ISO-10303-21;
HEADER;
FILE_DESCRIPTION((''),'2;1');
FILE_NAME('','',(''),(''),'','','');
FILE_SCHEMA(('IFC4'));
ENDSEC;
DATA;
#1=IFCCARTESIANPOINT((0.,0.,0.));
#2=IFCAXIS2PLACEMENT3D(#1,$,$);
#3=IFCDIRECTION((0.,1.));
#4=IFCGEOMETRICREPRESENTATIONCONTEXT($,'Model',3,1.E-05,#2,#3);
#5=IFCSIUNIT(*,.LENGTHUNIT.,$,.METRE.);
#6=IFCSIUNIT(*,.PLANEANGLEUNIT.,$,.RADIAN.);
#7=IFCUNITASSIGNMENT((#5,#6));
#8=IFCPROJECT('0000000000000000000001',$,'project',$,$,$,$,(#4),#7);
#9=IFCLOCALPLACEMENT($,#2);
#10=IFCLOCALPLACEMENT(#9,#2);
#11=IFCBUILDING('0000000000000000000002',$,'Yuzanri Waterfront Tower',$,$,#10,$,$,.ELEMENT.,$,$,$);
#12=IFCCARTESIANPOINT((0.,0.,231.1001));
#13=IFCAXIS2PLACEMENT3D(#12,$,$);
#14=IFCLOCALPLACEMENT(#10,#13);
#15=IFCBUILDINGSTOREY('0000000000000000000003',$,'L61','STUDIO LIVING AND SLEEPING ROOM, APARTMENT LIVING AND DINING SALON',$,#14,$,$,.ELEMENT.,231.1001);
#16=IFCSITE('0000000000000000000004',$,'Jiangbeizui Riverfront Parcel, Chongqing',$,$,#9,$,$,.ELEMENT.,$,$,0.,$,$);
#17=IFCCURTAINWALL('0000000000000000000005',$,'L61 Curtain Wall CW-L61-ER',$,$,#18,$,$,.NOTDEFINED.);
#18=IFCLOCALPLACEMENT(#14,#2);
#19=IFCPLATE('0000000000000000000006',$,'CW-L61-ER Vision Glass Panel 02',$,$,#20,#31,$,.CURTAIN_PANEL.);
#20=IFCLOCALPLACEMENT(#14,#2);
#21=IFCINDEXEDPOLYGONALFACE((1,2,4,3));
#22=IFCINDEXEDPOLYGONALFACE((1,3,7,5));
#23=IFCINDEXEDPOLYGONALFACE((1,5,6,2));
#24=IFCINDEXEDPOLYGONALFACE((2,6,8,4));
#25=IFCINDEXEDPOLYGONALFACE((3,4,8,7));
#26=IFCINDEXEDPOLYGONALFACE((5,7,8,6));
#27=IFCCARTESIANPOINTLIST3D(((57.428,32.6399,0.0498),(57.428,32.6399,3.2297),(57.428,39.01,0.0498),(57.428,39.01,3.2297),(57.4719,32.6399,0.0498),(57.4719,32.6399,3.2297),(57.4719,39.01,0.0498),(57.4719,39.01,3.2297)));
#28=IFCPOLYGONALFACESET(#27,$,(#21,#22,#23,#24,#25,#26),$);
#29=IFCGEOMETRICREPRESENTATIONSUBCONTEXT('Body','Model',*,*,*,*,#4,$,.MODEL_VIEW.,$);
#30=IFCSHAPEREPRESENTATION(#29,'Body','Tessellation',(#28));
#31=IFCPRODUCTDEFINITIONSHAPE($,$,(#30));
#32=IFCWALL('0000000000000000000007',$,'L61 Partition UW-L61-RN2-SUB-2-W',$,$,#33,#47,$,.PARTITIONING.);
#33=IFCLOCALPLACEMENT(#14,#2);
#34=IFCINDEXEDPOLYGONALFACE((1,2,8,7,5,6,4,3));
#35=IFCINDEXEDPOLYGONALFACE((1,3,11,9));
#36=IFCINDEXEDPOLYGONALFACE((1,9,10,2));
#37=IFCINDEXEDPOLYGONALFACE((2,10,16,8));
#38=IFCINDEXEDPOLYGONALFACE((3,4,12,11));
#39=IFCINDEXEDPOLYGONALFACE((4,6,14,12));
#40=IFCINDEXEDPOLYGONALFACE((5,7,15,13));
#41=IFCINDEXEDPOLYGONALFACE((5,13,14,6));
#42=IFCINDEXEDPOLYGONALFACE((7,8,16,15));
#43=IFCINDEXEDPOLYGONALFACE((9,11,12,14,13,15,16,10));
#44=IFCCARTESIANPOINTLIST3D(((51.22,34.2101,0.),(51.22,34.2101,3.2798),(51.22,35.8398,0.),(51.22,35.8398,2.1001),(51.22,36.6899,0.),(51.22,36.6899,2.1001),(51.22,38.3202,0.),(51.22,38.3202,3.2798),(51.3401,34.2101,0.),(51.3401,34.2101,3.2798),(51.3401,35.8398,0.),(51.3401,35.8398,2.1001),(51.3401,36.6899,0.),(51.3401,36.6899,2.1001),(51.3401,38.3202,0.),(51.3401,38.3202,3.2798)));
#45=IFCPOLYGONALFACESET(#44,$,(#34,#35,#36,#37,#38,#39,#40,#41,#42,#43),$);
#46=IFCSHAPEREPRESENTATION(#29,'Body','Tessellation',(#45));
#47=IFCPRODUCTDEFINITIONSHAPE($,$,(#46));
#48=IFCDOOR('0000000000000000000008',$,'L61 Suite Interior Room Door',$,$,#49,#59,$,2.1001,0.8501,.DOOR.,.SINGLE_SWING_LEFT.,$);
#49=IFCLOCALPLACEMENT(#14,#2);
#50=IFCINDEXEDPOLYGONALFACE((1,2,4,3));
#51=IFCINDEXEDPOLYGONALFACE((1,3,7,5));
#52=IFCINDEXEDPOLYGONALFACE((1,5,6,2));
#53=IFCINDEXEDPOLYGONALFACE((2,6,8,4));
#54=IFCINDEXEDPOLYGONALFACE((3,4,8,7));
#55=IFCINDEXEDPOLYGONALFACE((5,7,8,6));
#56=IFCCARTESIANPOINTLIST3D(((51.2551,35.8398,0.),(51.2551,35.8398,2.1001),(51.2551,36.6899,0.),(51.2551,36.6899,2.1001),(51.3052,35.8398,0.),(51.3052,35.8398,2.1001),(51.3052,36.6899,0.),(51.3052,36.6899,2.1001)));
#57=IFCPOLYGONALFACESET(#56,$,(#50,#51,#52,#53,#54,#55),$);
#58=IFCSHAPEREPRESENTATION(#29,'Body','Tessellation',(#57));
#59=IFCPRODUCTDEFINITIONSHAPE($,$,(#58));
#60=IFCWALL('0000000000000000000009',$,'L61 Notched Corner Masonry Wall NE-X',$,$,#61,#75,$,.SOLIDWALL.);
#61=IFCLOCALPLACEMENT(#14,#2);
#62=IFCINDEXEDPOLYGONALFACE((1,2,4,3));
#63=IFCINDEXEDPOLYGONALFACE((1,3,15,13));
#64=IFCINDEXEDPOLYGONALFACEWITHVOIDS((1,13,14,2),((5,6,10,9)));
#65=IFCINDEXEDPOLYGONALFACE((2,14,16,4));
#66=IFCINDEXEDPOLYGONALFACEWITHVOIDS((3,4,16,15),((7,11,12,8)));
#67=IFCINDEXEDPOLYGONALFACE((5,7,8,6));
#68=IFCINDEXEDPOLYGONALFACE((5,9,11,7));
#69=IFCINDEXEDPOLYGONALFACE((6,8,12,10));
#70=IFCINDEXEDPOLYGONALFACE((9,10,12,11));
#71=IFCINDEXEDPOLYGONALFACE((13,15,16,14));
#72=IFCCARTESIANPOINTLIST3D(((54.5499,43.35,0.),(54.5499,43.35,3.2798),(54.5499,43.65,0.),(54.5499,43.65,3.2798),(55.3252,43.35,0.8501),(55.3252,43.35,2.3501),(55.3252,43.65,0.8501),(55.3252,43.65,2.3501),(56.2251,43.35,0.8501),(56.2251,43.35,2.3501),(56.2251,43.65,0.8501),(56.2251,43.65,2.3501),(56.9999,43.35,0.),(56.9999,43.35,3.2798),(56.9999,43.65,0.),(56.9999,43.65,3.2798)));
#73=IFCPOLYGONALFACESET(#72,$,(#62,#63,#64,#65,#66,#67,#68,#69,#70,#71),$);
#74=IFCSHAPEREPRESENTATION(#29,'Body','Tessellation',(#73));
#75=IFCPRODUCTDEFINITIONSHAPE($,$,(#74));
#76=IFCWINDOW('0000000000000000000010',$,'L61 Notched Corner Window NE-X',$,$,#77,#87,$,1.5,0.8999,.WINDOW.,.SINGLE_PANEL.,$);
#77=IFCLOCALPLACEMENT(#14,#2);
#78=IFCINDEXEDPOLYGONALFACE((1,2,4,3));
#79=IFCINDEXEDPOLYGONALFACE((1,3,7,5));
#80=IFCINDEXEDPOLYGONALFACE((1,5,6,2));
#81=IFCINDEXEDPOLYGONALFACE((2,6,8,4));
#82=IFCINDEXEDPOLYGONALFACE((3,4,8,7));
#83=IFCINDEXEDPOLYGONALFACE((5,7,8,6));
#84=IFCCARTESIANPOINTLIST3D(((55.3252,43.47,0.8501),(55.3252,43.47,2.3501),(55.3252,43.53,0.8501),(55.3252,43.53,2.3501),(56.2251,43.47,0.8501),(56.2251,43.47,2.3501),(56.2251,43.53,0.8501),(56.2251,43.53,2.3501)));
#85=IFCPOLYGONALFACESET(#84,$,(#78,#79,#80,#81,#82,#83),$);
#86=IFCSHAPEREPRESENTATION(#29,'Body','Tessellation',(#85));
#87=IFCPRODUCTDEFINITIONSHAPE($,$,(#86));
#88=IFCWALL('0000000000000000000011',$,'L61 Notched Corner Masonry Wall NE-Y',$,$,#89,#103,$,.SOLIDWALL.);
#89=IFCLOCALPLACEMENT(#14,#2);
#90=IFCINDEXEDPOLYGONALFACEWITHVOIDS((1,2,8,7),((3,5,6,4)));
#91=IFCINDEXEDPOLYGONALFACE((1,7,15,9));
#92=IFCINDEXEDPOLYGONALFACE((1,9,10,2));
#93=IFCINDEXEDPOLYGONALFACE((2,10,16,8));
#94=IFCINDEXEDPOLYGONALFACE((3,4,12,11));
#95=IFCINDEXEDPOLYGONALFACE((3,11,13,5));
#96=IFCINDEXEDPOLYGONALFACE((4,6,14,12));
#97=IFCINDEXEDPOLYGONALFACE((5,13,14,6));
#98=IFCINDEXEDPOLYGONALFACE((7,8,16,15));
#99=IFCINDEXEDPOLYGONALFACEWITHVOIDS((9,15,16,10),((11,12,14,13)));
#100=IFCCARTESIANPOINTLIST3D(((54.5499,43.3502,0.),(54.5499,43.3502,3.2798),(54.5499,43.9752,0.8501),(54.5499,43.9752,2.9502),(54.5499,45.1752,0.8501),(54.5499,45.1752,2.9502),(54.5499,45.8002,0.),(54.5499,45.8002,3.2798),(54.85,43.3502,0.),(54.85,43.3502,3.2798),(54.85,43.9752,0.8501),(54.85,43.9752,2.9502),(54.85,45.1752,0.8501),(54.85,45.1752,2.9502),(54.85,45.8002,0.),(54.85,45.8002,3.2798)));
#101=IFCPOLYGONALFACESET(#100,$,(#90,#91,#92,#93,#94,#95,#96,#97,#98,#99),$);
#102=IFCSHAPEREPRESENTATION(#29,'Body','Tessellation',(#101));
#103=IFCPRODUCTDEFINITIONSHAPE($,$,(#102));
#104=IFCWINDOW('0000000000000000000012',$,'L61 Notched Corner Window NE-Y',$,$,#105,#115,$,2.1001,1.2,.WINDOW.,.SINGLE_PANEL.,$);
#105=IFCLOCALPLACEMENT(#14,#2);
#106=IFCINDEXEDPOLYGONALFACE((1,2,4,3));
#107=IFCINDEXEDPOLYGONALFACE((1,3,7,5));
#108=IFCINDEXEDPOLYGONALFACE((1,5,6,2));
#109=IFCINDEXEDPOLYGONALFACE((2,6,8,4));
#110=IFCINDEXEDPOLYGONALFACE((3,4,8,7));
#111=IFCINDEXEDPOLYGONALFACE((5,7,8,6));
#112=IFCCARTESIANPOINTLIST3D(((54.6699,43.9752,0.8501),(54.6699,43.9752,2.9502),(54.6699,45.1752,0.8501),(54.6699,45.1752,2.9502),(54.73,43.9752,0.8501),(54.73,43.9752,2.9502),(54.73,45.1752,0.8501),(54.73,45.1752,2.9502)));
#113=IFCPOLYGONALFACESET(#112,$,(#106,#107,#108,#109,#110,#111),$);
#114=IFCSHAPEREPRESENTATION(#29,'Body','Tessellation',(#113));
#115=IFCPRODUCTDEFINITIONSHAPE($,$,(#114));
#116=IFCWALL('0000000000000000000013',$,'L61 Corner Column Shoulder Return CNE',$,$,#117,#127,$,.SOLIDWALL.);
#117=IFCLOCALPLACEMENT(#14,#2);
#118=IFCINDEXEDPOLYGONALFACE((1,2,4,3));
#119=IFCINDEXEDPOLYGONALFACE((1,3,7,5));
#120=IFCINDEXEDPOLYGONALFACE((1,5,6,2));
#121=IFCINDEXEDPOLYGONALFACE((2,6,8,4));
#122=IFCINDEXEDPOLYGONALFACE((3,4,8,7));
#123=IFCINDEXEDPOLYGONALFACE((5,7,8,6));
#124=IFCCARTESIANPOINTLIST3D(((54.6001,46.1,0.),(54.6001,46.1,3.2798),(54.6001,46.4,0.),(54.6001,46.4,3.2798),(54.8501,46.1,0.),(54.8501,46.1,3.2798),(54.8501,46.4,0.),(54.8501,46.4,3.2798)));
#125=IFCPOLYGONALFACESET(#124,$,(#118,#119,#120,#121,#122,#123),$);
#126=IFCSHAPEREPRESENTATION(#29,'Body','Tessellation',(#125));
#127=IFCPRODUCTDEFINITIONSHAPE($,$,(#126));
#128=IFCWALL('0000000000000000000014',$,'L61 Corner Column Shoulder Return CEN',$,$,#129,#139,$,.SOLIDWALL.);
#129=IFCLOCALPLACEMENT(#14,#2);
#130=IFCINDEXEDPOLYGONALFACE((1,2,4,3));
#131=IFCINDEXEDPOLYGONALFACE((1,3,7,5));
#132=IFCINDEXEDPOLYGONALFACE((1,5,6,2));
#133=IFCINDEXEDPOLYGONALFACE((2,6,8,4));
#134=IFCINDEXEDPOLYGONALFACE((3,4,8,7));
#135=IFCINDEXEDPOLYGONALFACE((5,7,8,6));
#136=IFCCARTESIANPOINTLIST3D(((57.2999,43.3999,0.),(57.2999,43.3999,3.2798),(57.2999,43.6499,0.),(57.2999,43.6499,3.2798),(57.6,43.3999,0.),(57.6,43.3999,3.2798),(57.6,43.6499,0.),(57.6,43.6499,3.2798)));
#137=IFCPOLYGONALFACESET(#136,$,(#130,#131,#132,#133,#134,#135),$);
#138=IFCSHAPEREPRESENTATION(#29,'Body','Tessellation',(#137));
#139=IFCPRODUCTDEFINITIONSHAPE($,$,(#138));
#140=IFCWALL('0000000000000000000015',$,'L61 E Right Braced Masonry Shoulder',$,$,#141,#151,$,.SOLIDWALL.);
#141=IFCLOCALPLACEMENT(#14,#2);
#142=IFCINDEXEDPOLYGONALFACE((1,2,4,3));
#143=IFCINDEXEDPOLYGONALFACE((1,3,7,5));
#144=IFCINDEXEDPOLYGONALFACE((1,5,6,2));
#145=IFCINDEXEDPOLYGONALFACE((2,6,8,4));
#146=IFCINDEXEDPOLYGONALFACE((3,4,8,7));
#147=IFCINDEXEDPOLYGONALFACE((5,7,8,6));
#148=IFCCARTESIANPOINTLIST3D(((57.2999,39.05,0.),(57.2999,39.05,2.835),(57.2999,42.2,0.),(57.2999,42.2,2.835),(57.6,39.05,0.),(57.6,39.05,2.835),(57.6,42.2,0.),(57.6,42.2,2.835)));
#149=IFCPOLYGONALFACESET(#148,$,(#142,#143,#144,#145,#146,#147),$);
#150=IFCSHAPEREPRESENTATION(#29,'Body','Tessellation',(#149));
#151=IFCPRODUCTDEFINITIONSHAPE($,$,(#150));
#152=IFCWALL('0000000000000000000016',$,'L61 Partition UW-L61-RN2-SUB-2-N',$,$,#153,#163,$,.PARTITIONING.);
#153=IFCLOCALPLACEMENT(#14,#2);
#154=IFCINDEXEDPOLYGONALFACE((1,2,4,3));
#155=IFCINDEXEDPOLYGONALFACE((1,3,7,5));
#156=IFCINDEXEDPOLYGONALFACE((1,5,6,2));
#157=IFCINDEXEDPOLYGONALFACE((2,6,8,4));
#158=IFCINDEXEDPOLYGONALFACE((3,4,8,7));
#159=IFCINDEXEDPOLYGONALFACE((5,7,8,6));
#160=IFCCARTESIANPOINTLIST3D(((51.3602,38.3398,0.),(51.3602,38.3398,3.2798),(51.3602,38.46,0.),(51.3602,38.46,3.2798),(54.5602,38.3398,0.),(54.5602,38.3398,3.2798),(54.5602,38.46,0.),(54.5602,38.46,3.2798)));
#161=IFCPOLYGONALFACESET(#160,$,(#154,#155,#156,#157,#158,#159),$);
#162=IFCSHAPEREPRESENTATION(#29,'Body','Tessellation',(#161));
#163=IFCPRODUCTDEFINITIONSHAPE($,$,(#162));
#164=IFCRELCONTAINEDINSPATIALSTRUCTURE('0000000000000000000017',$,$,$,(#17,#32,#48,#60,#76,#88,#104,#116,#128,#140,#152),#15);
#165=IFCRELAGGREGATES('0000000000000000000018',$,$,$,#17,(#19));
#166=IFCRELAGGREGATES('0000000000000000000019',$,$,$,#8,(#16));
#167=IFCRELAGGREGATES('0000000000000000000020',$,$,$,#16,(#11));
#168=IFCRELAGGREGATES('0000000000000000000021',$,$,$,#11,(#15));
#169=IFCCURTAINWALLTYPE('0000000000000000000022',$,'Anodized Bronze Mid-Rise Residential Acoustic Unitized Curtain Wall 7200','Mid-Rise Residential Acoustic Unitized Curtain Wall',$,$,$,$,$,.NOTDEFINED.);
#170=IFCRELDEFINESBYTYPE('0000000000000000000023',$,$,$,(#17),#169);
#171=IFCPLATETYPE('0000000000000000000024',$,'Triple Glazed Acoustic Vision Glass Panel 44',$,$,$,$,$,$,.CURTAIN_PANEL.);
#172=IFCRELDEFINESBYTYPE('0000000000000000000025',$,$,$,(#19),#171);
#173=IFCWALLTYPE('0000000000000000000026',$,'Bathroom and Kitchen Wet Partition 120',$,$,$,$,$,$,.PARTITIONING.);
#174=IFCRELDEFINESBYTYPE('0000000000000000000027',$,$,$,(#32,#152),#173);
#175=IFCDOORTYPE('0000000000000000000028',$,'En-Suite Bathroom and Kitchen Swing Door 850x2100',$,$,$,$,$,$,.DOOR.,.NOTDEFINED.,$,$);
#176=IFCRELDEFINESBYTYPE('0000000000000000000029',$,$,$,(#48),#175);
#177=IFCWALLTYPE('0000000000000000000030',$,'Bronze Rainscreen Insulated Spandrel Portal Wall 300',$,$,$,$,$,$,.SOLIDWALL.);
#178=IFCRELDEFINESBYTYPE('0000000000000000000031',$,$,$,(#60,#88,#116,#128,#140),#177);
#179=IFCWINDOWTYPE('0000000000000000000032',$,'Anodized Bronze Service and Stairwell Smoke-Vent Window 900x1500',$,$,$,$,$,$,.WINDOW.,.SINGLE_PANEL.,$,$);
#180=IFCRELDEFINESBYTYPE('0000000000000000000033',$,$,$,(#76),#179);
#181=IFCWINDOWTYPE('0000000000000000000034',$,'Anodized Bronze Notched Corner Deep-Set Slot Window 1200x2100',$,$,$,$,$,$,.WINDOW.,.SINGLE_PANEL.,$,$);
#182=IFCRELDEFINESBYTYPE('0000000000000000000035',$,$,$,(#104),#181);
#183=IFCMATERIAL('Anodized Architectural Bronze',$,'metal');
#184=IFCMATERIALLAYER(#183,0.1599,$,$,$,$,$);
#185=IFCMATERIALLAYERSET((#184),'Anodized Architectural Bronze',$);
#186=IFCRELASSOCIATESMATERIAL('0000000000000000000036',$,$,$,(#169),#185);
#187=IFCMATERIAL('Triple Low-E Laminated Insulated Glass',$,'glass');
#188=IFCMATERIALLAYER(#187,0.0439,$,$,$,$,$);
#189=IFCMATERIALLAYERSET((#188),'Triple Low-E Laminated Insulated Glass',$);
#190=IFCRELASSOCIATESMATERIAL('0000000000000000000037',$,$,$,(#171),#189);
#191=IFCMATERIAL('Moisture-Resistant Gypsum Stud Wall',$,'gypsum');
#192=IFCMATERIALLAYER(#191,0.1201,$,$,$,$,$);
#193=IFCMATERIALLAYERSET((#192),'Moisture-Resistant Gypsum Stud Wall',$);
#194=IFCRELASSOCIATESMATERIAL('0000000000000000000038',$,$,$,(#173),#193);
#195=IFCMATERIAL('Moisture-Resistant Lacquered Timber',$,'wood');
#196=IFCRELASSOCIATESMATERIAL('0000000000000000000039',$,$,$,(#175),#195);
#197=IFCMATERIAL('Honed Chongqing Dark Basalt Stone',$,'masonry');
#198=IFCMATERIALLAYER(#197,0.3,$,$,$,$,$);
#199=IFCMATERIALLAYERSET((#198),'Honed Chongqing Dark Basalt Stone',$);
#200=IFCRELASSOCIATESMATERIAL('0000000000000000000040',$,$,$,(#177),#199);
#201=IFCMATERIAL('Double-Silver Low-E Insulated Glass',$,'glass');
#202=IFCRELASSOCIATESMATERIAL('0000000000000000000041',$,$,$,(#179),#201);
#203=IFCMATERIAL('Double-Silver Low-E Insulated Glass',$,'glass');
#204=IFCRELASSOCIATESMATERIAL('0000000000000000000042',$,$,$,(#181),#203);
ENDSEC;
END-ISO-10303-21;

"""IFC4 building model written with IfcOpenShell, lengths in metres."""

from ifc_helpers import new_model, si_unit, direction, frame, frame_2d, origin, origin_2d, place, context, subcontext, project, spatial, rectangle, extrude, source, transform, mapped, material, layer, layer_set, type_object, element, fill, aggregate, save


model = new_model("IFC4")

# Units and contexts
model_context = context("Model", 3, precision=1e-05, world=origin(), true_north=direction((0.0, 1.0)))
body_context = subcontext(model_context, "Body", "Model", "MODEL_VIEW")
ifc_project = project(units=[si_unit("LENGTHUNIT", "METRE"), si_unit("PLANEANGLEUNIT", "RADIAN")], contexts=[model_context])

# Site, building, storey
site_placement = place(None, origin())
site = spatial("IfcSite", under=ifc_project, at=site_placement, Name="Jiangbeizui Riverfront Parcel, Chongqing", CompositionType="ELEMENT", RefElevation=0.0)
building_placement = place(site_placement, origin())
building = spatial("IfcBuilding", under=site, at=building_placement, Name="Yuzanri Waterfront Tower", CompositionType="ELEMENT")
storey_placement = place(building_placement, frame((0.0, 0.0, 231.1001)))
storey = spatial("IfcBuildingStorey", under=building, at=storey_placement, Name="L61", Description="STUDIO LIVING AND SLEEPING ROOM, APARTMENT LIVING AND DINING SALON", CompositionType="ELEMENT", Elevation=231.1001)

# Curtain wall
ifc_material_1 = material(Name="Anodized Architectural Bronze", Category="metal")
ifc_layer_1 = layer(ifc_material_1, 0.1599)
ifc_layer_set_1 = layer_set([ifc_layer_1], Name="Anodized Architectural Bronze")
curtain_wall_type = type_object("IfcCurtainWallType", Name="Anodized Bronze Mid-Rise Residential Acoustic Unitized Curtain Wall 7200", Description="Mid-Rise Residential Acoustic Unitized Curtain Wall", PredefinedType="NOTDEFINED", material=ifc_layer_set_1)
curtain_wall_placement = place(storey_placement, origin())
curtain_wall = element("IfcCurtainWall", 1, at=curtain_wall_placement, inside=storey, type_object=curtain_wall_type, Name="L61 Curtain Wall CW-L61-ER", PredefinedType="NOTDEFINED")

# Plate
ifc_material_2 = material(Name="Triple Low-E Laminated Insulated Glass", Category="glass")
ifc_layer_2 = layer(ifc_material_2, 0.0439)
ifc_layer_set_2 = layer_set([ifc_layer_2], Name="Triple Low-E Laminated Insulated Glass")
plate_type_1 = type_object("IfcPlateType", Name="Triple Glazed Acoustic Vision Glass Panel 44", PredefinedType="CURTAIN_PANEL", material=ifc_layer_set_2)
shared_shape_1 = source(origin(), body_context, "Body", "SweptSolid", [
    extrude(rectangle(XDim=6.3701, YDim=0.0439, at=origin_2d()), origin(), (0.0, 0.0, 1.0), 3.1799),
])
plate_placement = place(storey_placement, frame((57.45, 35.825, 0.0498), z_axis=(0.0, 0.0, 1.0), x_axis=(0.0, 1.0, 0.0)))
plate = element("IfcPlate", 2, at=plate_placement, type_object=plate_type_1, Name="CW-L61-ER Vision Glass Panel 02", PredefinedType="CURTAIN_PANEL", context=body_context, shape_type="MappedRepresentation", body=[
    mapped(shared_shape_1, transform((0.0, 0.0, 0.0), scale=1.0)),
])
aggregate(curtain_wall, [plate])

# Wall, opening, door
ifc_material_3 = material(Name="Moisture-Resistant Gypsum Stud Wall", Category="gypsum")
ifc_layer_3 = layer(ifc_material_3, 0.1201)
ifc_layer_set_3 = layer_set([ifc_layer_3], Name="Moisture-Resistant Gypsum Stud Wall")
wall_type_1 = type_object("IfcWallType", Name="Bathroom and Kitchen Wet Partition 120", PredefinedType="PARTITIONING", material=ifc_layer_set_3)
wall_1_placement = place(storey_placement, frame((51.28, 34.21, 0.0), z_axis=(0.0, 0.0, 1.0), x_axis=(0.0, 1.0, 0.0)))
wall_1 = element("IfcWall", 3, at=wall_1_placement, inside=storey, type_object=wall_type_1, Name="L61 Partition UW-L61-RN2-SUB-2-W", PredefinedType="PARTITIONING", context=body_context, shape_type="SweptSolid", body=[
    extrude(rectangle(XDim=4.1101, YDim=0.1201, at=frame_2d((2.0552, 0.0))), origin(), (0.0, 0.0, 1.0), 3.2798),
])
opening_1_placement = place(wall_1_placement, frame((1.6299, 0.0, 0.0)))
opening_1 = element("IfcOpeningElement", 4, at=opening_1_placement, cuts=wall_1, PredefinedType="OPENING", context=body_context, shape_type="SweptSolid", body=[
    extrude(rectangle(XDim=0.8501, YDim=2.1001, at=frame_2d((0.425, 1.05))), frame((0.0, 0.075, 0.0), z_axis=(0.0, -1.0, 0.0), x_axis=(1.0, 0.0, 0.0)), (0.0, 0.0, 1.0), 0.1499),
])
ifc_material_4 = material(Name="Moisture-Resistant Lacquered Timber", Category="wood")
door_type = type_object("IfcDoorType", Name="En-Suite Bathroom and Kitchen Swing Door 850x2100", OperationType="NOTDEFINED", PredefinedType="DOOR", material=ifc_material_4)
shared_shape_2 = source(origin(), body_context, "Body", "SweptSolid", [
    extrude(rectangle(XDim=0.8501, YDim=2.1001, at=frame_2d((0.425, 1.05))), frame((0.0, 0.0249, 0.0), z_axis=(0.0, -1.0, 0.0), x_axis=(1.0, 0.0, 0.0)), (0.0, 0.0, 1.0), 0.05),
])
door_placement = place(opening_1_placement, origin())
door = element("IfcDoor", 5, at=door_placement, inside=storey, type_object=door_type, Name="L61 Suite Interior Room Door", OperationType="SINGLE_SWING_LEFT", OverallHeight=2.1001, OverallWidth=0.8501, PredefinedType="DOOR", context=body_context, shape_type="MappedRepresentation", body=[
    mapped(shared_shape_2, transform((0.0, 0.0, 0.0), scale=1.0)),
])
fill(opening_1, door)

# Walls, openings, windows
ifc_material_5 = material(Name="Honed Chongqing Dark Basalt Stone", Category="masonry")
ifc_layer_4 = layer(ifc_material_5, 0.3)
ifc_layer_set_4 = layer_set([ifc_layer_4], Name="Honed Chongqing Dark Basalt Stone")
wall_type_2 = type_object("IfcWallType", Name="Bronze Rainscreen Insulated Spandrel Portal Wall 300", PredefinedType="SOLIDWALL", material=ifc_layer_set_4)
wall_2_placement = place(storey_placement, frame((57.0, 43.5, 0.0), z_axis=(0.0, 0.0, 1.0), x_axis=(-1.0, 0.0, 0.0)))
wall_2 = element("IfcWall", 6, at=wall_2_placement, inside=storey, type_object=wall_type_2, Name="L61 Notched Corner Masonry Wall NE-X", PredefinedType="SOLIDWALL", context=body_context, shape_type="SweptSolid", body=[
    extrude(rectangle(XDim=2.45, YDim=0.3, at=frame_2d((1.2251, 0.0))), origin(), (0.0, 0.0, 1.0), 3.2798),
])
opening_2_placement = place(wall_2_placement, frame((0.7749, 0.0, 0.8501)))
opening_2 = element("IfcOpeningElement", 7, at=opening_2_placement, cuts=wall_2, PredefinedType="OPENING", context=body_context, shape_type="SweptSolid", body=[
    extrude(rectangle(XDim=0.8999, YDim=1.5, at=frame_2d((0.45, 0.75))), frame((0.0, 0.165, 0.0), z_axis=(0.0, -1.0, 0.0), x_axis=(1.0, 0.0, 0.0)), (0.0, 0.0, 1.0), 0.3298),
])
ifc_material_6 = material(Name="Double-Silver Low-E Insulated Glass", Category="glass")
window_type_1 = type_object("IfcWindowType", Name="Anodized Bronze Service and Stairwell Smoke-Vent Window 900x1500", PartitioningType="SINGLE_PANEL", PredefinedType="WINDOW", material=ifc_material_6)
shared_shape_3 = source(origin(), body_context, "Body", "SweptSolid", [
    extrude(rectangle(XDim=0.8999, YDim=1.5, at=frame_2d((0.45, 0.75))), frame((0.0, 0.03, 0.0), z_axis=(0.0, -1.0, 0.0), x_axis=(1.0, 0.0, 0.0)), (0.0, 0.0, 1.0), 0.0601),
])
window_1_placement = place(opening_2_placement, origin())
window_1 = element("IfcWindow", 8, at=window_1_placement, inside=storey, type_object=window_type_1, Name="L61 Notched Corner Window NE-X", OverallHeight=1.5, OverallWidth=0.8999, PartitioningType="SINGLE_PANEL", PredefinedType="WINDOW", context=body_context, shape_type="MappedRepresentation", body=[
    mapped(shared_shape_3, transform((0.0, 0.0, 0.0), scale=1.0)),
])
fill(opening_2, window_1)
wall_3_placement = place(storey_placement, frame((54.7, 43.3501, 0.0), z_axis=(0.0, 0.0, 1.0), x_axis=(0.0, 1.0, 0.0)))
wall_3 = element("IfcWall", 9, at=wall_3_placement, inside=storey, type_object=wall_type_2, Name="L61 Notched Corner Masonry Wall NE-Y", PredefinedType="SOLIDWALL", context=body_context, shape_type="SweptSolid", body=[
    extrude(rectangle(XDim=2.45, YDim=0.3, at=frame_2d((1.2251, 0.0))), origin(), (0.0, 0.0, 1.0), 3.2798),
])
opening_3_placement = place(wall_3_placement, frame((0.625, 0.0, 0.8501)))
opening_3 = element("IfcOpeningElement", 10, at=opening_3_placement, cuts=wall_3, PredefinedType="OPENING", context=body_context, shape_type="SweptSolid", body=[
    extrude(rectangle(XDim=1.2, YDim=2.1001, at=frame_2d((0.6001, 1.05))), frame((0.0, 0.165, 0.0), z_axis=(0.0, -1.0, 0.0), x_axis=(1.0, 0.0, 0.0)), (0.0, 0.0, 1.0), 0.3298),
])
ifc_material_7 = material(Name="Double-Silver Low-E Insulated Glass", Category="glass")
window_type_2 = type_object("IfcWindowType", Name="Anodized Bronze Notched Corner Deep-Set Slot Window 1200x2100", PartitioningType="SINGLE_PANEL", PredefinedType="WINDOW", material=ifc_material_7)
shared_shape_4 = source(origin(), body_context, "Body", "SweptSolid", [
    extrude(rectangle(XDim=1.2, YDim=2.1001, at=frame_2d((0.6001, 1.05))), frame((0.0, 0.03, 0.0), z_axis=(0.0, -1.0, 0.0), x_axis=(1.0, 0.0, 0.0)), (0.0, 0.0, 1.0), 0.0601),
])
window_2_placement = place(opening_3_placement, origin())
window_2 = element("IfcWindow", 11, at=window_2_placement, inside=storey, type_object=window_type_2, Name="L61 Notched Corner Window NE-Y", OverallHeight=2.1001, OverallWidth=1.2, PartitioningType="SINGLE_PANEL", PredefinedType="WINDOW", context=body_context, shape_type="MappedRepresentation", body=[
    mapped(shared_shape_4, transform((0.0, 0.0, 0.0), scale=1.0)),
])
fill(opening_3, window_2)

# Walls
shared_shape_5 = source(origin(), body_context, "Body", "SweptSolid", [
    extrude(rectangle(XDim=0.25, YDim=0.3, at=frame_2d((0.125, 0.0))), origin(), (0.0, 0.0, 1.0), 3.2798),
])
for number, where, z_axis, x_axis, name in (
    (12, (54.6001, 46.25, 0.0), (0.0, 0.0, 1.0), (1.0, 0.0, 0.0), "L61 Corner Column Shoulder Return CNE"),
    (13, (57.45, 43.3999, 0.0), (0.0, 0.0, 1.0), (0.0, 1.0, 0.0), "L61 Corner Column Shoulder Return CEN"),
):
    element("IfcWall", number, at=place(storey_placement, frame(where, z_axis=z_axis, x_axis=x_axis)), inside=storey, type_object=wall_type_2, Name=name, PredefinedType="SOLIDWALL", context=body_context, shape_type="MappedRepresentation", body=[
        mapped(shared_shape_5, transform((0.0, 0.0, 0.0), scale=1.0)),
    ])
shared_shape_6 = source(origin(), body_context, "Body", "SweptSolid", [
    extrude(rectangle(XDim=3.1499, YDim=0.3, at=frame_2d((1.575, 0.0))), origin(), (0.0, 0.0, 1.0), 2.835),
])
wall_4_placement = place(storey_placement, frame((57.45, 39.05, 0.0), z_axis=(0.0, 0.0, 1.0), x_axis=(0.0, 1.0, 0.0)))
element("IfcWall", 14, at=wall_4_placement, inside=storey, type_object=wall_type_2, Name="L61 E Right Braced Masonry Shoulder", PredefinedType="SOLIDWALL", context=body_context, shape_type="MappedRepresentation", body=[
    mapped(shared_shape_6, transform((0.0, 0.0, 0.0), scale=1.0)),
])
shared_shape_7 = source(origin(), body_context, "Body", "SweptSolid", [
    extrude(rectangle(XDim=3.2, YDim=0.1201, at=frame_2d((1.6001, 0.0))), origin(), (0.0, 0.0, 1.0), 3.2798),
])
wall_5_placement = place(storey_placement, frame((51.3601, 38.3999, 0.0), z_axis=(0.0, 0.0, 1.0), x_axis=(1.0, 0.0, 0.0)))
element("IfcWall", 15, at=wall_5_placement, inside=storey, type_object=wall_type_1, Name="L61 Partition UW-L61-RN2-SUB-2-N", PredefinedType="PARTITIONING", context=body_context, shape_type="MappedRepresentation", body=[
    mapped(shared_shape_7, transform((0.0, 0.0, 0.0), scale=1.0)),
])

save(model, "model.ifc")
